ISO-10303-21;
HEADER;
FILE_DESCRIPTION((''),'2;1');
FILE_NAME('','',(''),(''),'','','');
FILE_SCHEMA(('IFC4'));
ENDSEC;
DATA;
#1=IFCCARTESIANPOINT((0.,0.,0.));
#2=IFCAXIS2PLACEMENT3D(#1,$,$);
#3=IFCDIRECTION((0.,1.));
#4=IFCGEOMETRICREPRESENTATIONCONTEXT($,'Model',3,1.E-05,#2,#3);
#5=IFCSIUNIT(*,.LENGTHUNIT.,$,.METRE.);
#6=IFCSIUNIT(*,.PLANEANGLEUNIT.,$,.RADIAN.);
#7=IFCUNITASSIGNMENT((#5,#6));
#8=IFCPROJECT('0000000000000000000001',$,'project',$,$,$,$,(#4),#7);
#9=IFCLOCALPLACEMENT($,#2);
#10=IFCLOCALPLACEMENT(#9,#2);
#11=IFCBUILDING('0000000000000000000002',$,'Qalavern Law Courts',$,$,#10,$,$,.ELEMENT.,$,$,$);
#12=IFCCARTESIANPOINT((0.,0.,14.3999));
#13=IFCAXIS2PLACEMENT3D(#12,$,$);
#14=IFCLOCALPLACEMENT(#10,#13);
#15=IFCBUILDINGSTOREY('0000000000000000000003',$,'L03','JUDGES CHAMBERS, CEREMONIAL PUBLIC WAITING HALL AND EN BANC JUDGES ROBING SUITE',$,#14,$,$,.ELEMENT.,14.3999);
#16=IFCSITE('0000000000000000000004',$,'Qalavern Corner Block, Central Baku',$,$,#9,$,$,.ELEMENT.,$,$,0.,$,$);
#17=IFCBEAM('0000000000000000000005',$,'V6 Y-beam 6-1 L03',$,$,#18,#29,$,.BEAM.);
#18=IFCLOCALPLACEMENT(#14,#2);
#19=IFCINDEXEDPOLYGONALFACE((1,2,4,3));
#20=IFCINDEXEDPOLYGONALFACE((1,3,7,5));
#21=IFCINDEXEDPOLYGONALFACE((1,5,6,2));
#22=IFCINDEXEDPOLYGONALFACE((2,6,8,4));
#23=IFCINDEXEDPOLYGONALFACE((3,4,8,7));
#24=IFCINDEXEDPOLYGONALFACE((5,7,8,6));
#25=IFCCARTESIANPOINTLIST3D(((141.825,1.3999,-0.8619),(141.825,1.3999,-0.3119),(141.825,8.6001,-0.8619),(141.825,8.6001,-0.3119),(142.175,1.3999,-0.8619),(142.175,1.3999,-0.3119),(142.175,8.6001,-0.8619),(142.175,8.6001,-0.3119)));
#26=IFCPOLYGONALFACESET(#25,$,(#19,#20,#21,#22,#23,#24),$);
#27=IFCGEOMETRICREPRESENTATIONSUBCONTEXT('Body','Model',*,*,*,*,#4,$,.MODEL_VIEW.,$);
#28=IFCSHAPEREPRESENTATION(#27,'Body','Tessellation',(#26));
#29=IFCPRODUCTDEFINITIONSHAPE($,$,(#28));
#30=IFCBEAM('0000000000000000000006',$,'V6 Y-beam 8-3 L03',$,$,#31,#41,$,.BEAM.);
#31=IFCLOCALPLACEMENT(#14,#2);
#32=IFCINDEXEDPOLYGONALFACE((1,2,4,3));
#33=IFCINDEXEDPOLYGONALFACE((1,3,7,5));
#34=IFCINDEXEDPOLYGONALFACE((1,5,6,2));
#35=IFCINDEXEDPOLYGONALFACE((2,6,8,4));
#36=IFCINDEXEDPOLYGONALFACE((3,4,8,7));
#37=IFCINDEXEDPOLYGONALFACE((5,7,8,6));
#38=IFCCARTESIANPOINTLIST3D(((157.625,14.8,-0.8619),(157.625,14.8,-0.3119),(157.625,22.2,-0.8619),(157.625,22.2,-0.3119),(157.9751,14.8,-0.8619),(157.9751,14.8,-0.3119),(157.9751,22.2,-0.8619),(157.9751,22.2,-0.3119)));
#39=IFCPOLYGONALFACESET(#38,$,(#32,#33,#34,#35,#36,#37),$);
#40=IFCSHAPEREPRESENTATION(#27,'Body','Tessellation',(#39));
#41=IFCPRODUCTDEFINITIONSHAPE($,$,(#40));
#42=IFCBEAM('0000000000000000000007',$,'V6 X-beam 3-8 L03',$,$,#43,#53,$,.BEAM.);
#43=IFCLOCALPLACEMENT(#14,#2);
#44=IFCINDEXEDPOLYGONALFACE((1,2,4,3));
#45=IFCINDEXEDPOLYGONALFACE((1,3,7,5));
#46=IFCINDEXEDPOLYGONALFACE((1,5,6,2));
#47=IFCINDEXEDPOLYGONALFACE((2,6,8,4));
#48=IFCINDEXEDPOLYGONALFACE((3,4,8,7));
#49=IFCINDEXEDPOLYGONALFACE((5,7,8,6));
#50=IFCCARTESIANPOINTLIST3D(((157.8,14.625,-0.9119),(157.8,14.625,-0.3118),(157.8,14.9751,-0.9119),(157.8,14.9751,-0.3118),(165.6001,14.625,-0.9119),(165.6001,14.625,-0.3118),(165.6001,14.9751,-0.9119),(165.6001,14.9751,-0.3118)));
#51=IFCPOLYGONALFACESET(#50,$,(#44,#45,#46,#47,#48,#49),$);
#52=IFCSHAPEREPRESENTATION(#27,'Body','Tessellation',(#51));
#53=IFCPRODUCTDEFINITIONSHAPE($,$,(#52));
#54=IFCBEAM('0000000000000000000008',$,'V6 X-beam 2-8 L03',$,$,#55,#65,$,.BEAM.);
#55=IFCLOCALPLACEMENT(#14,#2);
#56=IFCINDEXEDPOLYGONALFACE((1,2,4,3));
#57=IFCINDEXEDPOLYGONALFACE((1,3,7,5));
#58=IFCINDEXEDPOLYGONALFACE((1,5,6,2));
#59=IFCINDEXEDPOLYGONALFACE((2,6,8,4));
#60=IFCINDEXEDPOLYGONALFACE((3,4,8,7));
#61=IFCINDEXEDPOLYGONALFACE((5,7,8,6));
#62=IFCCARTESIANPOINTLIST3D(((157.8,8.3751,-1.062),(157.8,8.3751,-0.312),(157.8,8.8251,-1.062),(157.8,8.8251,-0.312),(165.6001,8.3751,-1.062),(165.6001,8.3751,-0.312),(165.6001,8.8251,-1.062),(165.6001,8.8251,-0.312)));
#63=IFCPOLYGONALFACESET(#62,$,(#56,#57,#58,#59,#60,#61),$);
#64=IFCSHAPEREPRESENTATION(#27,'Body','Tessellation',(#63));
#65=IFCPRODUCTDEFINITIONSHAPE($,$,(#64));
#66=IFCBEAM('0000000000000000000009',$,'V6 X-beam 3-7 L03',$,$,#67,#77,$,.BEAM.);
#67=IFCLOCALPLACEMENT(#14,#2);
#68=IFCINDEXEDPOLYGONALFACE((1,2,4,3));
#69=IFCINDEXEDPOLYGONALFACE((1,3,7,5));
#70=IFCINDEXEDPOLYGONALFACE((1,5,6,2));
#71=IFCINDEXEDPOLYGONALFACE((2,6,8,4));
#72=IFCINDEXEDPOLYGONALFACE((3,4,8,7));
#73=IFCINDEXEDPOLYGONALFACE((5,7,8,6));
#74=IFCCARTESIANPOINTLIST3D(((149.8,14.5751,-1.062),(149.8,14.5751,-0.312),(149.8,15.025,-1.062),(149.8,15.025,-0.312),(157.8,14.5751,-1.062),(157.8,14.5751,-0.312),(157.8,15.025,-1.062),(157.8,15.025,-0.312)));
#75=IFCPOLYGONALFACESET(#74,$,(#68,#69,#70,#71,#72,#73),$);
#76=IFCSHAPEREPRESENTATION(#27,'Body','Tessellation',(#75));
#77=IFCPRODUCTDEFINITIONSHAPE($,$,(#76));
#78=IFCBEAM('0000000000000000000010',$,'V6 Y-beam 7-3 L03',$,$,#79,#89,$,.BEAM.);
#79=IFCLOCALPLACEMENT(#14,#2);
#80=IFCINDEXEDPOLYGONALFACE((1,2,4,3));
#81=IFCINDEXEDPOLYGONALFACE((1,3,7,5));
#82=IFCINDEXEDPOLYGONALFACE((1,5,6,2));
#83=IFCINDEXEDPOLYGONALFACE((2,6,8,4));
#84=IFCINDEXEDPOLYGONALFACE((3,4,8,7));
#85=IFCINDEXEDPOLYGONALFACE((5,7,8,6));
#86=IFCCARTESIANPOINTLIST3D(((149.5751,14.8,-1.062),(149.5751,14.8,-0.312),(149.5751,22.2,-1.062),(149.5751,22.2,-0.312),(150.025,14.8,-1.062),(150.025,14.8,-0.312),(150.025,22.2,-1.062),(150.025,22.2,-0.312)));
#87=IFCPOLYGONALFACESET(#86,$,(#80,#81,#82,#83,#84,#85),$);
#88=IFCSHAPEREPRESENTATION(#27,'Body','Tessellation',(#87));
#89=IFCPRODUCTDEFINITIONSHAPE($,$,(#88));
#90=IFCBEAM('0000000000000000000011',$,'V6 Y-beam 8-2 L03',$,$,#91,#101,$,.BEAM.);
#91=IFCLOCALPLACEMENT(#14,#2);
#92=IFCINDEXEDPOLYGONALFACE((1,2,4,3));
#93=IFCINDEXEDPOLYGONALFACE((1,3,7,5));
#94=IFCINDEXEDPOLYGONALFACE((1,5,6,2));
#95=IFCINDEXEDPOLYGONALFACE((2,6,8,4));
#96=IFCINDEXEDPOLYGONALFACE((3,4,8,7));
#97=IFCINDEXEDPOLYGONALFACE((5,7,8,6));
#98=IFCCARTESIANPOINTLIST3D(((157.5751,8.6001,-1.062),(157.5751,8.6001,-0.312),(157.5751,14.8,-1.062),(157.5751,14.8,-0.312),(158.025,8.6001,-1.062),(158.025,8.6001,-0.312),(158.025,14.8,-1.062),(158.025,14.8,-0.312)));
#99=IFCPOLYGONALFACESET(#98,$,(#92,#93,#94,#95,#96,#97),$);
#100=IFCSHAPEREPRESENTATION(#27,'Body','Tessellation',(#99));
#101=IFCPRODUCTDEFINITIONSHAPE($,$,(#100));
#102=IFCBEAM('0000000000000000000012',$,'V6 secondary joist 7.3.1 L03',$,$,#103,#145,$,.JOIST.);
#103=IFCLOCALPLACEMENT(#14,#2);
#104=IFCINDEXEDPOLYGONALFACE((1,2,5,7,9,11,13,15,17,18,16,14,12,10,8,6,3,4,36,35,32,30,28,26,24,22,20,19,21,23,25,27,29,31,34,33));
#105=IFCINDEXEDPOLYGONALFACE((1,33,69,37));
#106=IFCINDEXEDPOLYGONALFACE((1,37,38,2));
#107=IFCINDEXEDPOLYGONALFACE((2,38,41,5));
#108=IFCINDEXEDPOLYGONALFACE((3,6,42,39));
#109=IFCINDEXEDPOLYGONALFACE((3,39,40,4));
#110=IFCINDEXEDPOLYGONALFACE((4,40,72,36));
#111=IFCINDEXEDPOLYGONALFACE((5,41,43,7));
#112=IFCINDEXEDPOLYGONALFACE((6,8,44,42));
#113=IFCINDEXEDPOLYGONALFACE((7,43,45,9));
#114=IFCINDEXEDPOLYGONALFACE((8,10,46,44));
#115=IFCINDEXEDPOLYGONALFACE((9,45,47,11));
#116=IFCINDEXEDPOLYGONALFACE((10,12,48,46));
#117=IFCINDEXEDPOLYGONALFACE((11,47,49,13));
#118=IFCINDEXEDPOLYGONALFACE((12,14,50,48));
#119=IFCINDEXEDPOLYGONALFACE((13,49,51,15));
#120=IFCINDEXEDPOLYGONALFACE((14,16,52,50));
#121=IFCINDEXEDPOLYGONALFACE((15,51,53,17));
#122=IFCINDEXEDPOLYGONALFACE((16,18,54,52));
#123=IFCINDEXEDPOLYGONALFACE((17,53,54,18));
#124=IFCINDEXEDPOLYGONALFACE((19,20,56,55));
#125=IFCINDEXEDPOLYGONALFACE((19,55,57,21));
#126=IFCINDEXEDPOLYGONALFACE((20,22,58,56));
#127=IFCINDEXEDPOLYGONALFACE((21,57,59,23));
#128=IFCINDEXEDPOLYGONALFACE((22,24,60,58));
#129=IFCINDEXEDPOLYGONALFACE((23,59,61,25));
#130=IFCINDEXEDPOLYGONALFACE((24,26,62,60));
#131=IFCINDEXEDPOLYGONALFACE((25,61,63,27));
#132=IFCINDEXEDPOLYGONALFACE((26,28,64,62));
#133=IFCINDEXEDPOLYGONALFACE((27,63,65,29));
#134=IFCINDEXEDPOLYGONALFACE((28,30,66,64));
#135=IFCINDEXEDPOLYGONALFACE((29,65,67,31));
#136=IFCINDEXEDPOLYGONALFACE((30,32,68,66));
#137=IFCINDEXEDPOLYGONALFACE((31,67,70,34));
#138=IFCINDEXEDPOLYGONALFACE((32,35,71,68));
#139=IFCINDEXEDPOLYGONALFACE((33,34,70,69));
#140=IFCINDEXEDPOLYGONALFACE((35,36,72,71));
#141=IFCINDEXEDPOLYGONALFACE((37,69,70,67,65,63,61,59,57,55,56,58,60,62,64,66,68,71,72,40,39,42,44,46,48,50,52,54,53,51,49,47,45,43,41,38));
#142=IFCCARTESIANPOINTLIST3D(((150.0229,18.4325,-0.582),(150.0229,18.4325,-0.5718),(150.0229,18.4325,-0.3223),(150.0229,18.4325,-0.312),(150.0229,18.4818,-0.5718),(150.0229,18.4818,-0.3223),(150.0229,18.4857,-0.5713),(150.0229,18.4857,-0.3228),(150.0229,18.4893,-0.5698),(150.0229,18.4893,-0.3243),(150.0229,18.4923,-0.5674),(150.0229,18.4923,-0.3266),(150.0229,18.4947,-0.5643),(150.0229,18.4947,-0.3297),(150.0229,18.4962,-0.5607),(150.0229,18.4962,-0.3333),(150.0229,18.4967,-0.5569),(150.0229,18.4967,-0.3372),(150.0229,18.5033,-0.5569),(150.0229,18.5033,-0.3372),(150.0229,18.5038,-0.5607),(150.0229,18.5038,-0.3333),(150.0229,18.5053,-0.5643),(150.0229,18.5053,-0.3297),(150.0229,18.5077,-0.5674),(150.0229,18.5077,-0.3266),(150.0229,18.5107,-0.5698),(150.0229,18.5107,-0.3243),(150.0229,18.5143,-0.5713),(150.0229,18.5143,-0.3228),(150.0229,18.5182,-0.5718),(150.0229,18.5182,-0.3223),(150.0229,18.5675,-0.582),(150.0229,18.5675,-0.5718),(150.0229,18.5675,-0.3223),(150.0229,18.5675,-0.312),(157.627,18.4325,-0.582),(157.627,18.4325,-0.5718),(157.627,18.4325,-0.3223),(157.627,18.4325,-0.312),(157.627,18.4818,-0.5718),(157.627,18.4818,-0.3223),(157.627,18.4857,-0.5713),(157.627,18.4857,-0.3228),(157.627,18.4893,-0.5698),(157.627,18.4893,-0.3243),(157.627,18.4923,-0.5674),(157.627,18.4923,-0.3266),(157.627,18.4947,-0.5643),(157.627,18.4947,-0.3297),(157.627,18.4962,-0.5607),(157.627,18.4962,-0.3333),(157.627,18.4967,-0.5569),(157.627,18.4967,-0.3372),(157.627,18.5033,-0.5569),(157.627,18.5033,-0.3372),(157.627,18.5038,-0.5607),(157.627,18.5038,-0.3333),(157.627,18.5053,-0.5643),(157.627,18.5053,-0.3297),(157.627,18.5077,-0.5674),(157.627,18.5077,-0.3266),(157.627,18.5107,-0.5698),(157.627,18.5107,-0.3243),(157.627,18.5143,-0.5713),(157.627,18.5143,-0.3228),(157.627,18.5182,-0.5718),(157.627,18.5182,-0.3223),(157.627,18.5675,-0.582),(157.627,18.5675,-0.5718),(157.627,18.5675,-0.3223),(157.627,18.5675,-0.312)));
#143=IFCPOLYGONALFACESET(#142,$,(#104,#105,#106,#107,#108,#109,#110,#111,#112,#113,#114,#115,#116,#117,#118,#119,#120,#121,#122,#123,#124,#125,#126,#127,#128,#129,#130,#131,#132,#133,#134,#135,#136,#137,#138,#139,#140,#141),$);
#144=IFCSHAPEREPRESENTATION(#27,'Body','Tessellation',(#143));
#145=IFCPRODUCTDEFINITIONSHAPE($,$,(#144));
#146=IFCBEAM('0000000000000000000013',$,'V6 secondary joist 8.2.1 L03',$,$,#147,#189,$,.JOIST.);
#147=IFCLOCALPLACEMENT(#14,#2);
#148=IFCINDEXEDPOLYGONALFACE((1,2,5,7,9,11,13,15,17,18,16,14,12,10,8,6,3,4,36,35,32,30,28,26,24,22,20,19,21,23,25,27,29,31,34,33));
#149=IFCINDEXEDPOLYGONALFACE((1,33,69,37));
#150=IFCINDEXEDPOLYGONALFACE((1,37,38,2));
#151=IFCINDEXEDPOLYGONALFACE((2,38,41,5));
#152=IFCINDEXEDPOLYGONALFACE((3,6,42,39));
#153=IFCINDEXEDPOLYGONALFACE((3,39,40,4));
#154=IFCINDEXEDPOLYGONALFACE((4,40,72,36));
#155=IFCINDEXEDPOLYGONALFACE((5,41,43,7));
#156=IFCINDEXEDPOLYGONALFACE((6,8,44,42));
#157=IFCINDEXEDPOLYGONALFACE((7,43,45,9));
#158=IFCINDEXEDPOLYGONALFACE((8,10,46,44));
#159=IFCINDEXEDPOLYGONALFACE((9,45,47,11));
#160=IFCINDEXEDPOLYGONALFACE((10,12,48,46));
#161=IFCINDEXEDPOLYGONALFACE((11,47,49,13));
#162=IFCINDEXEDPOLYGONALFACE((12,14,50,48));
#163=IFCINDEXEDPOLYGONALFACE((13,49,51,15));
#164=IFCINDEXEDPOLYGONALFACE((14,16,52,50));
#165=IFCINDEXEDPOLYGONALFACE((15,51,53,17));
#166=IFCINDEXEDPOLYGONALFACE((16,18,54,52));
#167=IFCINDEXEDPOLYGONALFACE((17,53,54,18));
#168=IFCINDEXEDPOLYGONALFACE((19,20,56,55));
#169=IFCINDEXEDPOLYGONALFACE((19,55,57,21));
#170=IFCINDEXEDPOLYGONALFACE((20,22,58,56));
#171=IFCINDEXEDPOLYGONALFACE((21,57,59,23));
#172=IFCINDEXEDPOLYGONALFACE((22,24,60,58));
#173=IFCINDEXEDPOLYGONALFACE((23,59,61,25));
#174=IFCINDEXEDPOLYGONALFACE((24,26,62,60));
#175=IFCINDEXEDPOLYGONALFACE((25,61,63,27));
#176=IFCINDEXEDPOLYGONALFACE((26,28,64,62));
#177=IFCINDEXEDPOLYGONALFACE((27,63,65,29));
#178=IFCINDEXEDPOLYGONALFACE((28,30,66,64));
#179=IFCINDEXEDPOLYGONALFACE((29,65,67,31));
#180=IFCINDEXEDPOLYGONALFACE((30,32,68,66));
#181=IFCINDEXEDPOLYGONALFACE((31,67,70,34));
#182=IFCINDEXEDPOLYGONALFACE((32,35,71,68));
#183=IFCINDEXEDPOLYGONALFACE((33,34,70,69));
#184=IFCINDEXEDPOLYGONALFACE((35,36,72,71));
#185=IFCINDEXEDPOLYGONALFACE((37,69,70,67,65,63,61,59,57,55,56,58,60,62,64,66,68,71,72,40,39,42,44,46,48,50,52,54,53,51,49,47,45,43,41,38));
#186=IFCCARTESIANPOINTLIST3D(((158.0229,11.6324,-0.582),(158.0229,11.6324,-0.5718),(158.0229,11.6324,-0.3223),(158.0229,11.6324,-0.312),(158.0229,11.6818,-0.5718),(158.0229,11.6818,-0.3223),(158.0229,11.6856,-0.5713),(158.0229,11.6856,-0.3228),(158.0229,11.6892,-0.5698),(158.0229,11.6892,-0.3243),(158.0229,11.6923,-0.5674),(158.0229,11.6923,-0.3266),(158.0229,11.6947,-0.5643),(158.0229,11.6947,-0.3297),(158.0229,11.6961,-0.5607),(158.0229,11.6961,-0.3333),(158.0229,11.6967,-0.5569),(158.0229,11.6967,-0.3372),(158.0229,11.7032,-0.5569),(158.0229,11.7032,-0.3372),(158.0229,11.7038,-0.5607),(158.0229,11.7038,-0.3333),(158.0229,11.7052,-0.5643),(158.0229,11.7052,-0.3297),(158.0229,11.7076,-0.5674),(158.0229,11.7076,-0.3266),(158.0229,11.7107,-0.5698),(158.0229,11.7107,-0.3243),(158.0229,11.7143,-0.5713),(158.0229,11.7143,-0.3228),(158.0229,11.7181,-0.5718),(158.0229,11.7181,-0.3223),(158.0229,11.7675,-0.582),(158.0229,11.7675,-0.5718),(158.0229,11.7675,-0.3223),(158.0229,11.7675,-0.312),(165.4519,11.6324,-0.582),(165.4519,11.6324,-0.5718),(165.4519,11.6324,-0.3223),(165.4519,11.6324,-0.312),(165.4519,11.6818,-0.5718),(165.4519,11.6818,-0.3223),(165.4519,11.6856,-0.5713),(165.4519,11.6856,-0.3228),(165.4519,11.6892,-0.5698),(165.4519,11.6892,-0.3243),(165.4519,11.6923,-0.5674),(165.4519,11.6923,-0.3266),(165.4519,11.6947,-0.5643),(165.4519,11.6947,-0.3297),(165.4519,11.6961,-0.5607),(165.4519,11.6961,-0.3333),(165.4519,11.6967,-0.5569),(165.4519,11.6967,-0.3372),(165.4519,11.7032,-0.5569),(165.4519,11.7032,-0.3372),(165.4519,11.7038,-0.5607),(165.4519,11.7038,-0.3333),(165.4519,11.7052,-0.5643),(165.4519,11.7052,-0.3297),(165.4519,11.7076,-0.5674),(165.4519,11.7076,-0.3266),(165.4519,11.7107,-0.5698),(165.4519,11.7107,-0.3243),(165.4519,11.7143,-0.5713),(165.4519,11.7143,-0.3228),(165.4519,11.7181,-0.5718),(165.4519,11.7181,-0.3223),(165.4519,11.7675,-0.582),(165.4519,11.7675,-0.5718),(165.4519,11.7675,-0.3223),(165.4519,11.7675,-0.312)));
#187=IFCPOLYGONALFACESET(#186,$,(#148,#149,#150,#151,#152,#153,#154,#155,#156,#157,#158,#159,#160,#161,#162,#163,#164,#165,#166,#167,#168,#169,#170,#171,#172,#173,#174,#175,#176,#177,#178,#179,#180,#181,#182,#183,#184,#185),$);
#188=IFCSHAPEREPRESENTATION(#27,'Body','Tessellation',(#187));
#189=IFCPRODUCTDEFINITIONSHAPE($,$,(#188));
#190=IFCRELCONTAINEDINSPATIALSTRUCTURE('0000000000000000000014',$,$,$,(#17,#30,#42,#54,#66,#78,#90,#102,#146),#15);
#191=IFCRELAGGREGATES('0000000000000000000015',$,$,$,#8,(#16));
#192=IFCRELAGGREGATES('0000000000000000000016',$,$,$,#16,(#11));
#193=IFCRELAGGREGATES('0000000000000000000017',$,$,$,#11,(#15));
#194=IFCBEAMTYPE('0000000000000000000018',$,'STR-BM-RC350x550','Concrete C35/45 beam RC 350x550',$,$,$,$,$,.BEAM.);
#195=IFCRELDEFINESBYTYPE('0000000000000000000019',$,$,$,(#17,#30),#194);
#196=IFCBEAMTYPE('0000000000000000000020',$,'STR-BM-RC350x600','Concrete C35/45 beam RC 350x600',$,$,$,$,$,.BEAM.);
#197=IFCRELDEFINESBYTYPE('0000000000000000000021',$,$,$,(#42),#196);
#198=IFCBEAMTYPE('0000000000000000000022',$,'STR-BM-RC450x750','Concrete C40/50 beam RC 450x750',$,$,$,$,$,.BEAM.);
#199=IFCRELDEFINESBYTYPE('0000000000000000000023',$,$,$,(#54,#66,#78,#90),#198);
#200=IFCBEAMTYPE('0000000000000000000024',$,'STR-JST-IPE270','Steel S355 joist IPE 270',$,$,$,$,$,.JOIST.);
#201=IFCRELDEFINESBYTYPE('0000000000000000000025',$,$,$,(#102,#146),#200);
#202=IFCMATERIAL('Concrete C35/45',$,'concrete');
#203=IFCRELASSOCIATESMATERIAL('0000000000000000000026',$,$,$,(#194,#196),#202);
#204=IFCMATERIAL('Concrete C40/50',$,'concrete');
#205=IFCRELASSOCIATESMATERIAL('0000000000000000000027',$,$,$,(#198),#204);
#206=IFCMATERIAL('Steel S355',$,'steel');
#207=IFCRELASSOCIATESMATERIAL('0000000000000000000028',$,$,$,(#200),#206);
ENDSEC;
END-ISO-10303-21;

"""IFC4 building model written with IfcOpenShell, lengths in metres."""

from ifc_helpers import new_model, si_unit, direction, frame, origin, origin_2d, place, context, subcontext, project, spatial, rectangle, i_section, extrude, material, material_profile, profile_set, type_object, element, save


model = new_model("IFC4")

# Units and contexts
model_context = context("Model", 3, precision=1e-05, world=origin(), true_north=direction((0.0, 1.0)))
body_context = subcontext(model_context, "Body", "Model", "MODEL_VIEW")
ifc_project = project(units=[si_unit("LENGTHUNIT", "METRE"), si_unit("PLANEANGLEUNIT", "RADIAN")], contexts=[model_context])

# Site, building, storey
site_placement = place(None, origin())
site = spatial("IfcSite", under=ifc_project, at=site_placement, Name="Qalavern Corner Block, Central Baku", CompositionType="ELEMENT", RefElevation=0.0)
building_placement = place(site_placement, origin())
building = spatial("IfcBuilding", under=site, at=building_placement, Name="Qalavern Law Courts", CompositionType="ELEMENT")
storey_placement = place(building_placement, frame((0.0, 0.0, 14.3999)))
storey = spatial("IfcBuildingStorey", under=building, at=storey_placement, Name="L03", Description="JUDGES CHAMBERS, CEREMONIAL PUBLIC WAITING HALL AND EN BANC JUDGES ROBING SUITE", CompositionType="ELEMENT", Elevation=14.3999)

# Beams
ifc_material_1 = material(Name="Steel S355", Category="steel")
ifc_material_2 = material(Name="Concrete C35/45", Category="concrete")
ifc_material_profile_1 = material_profile(ifc_material_2, rectangle(XDim=0.3501, YDim=0.55, at=origin_2d()), Name="RC 350x550")
ifc_profile_set_1 = profile_set([ifc_material_profile_1], Name="Concrete C35/45")
beam_type_1 = type_object("IfcBeamType", Name="STR-BM-RC350x550", Description="Concrete C35/45 beam RC 350x550", PredefinedType="BEAM", material=ifc_profile_set_1)
beam_1_placement = place(storey_placement, frame((142.0, 1.3999, -0.5869), z_axis=(0.0, 1.0, 0.0), x_axis=(-1.0, 0.0, 0.0)))
element("IfcBeam", 1, at=beam_1_placement, inside=storey, type_object=beam_type_1, Name="V6 Y-beam 6-1 L03", PredefinedType="BEAM", context=body_context, shape_type="SweptSolid", body=[
    extrude(rectangle(XDim=0.3501, YDim=0.55, at=origin_2d()), origin(), (0.0, 0.0, 1.0), 7.2002),
])
beam_2_placement = place(storey_placement, frame((157.8, 14.8, -0.5869), z_axis=(0.0, 1.0, 0.0), x_axis=(-1.0, 0.0, 0.0)))
element("IfcBeam", 2, at=beam_2_placement, inside=storey, type_object=beam_type_1, Name="V6 Y-beam 8-3 L03", PredefinedType="BEAM", context=body_context, shape_type="SweptSolid", body=[
    extrude(rectangle(XDim=0.3501, YDim=0.55, at=origin_2d()), origin(), (0.0, 0.0, 1.0), 7.3999),
])
ifc_material_profile_2 = material_profile(ifc_material_2, rectangle(XDim=0.3501, YDim=0.6001, at=origin_2d()), Name="RC 350x600")
ifc_profile_set_2 = profile_set([ifc_material_profile_2], Name="Concrete C35/45")
beam_type_2 = type_object("IfcBeamType", Name="STR-BM-RC350x600", Description="Concrete C35/45 beam RC 350x600", PredefinedType="BEAM", material=ifc_profile_set_2)
beam_3_placement = place(storey_placement, frame((157.8, 14.8, -0.6118), z_axis=(1.0, 0.0, 0.0), x_axis=(0.0, 1.0, 0.0)))
element("IfcBeam", 3, at=beam_3_placement, inside=storey, type_object=beam_type_2, Name="V6 X-beam 3-8 L03", PredefinedType="BEAM", context=body_context, shape_type="SweptSolid", body=[
    extrude(rectangle(XDim=0.3501, YDim=0.6001, at=origin_2d()), origin(), (0.0, 0.0, 1.0), 7.8),
])
ifc_material_3 = material(Name="Concrete C40/50", Category="concrete")
ifc_material_profile_3 = material_profile(ifc_material_3, rectangle(XDim=0.45, YDim=0.75, at=origin_2d()), Name="RC 450x750")
ifc_profile_set_3 = profile_set([ifc_material_profile_3], Name="Concrete C40/50")
beam_type_3 = type_object("IfcBeamType", Name="STR-BM-RC450x750", Description="Concrete C40/50 beam RC 450x750", PredefinedType="BEAM", material=ifc_profile_set_3)
beam_4_placement = place(storey_placement, frame((157.8, 8.6001, -0.687), z_axis=(1.0, 0.0, 0.0), x_axis=(0.0, 1.0, 0.0)))
element("IfcBeam", 4, at=beam_4_placement, inside=storey, type_object=beam_type_3, Name="V6 X-beam 2-8 L03", PredefinedType="BEAM", context=body_context, shape_type="SweptSolid", body=[
    extrude(rectangle(XDim=0.45, YDim=0.75, at=origin_2d()), origin(), (0.0, 0.0, 1.0), 7.8),
])
beam_5_placement = place(storey_placement, frame((149.8, 14.8, -0.687), z_axis=(1.0, 0.0, 0.0), x_axis=(0.0, 1.0, 0.0)))
element("IfcBeam", 5, at=beam_5_placement, inside=storey, type_object=beam_type_3, Name="V6 X-beam 3-7 L03", PredefinedType="BEAM", context=body_context, shape_type="SweptSolid", body=[
    extrude(rectangle(XDim=0.45, YDim=0.75, at=origin_2d()), origin(), (0.0, 0.0, 1.0), 8.0),
])
beam_6_placement = place(storey_placement, frame((149.8, 14.8, -0.687), z_axis=(0.0, 1.0, 0.0), x_axis=(-1.0, 0.0, 0.0)))
element("IfcBeam", 6, at=beam_6_placement, inside=storey, type_object=beam_type_3, Name="V6 Y-beam 7-3 L03", PredefinedType="BEAM", context=body_context, shape_type="SweptSolid", body=[
    extrude(rectangle(XDim=0.45, YDim=0.75, at=origin_2d()), origin(), (0.0, 0.0, 1.0), 7.3999),
])
beam_7_placement = place(storey_placement, frame((157.8, 8.6001, -0.687), z_axis=(0.0, 1.0, 0.0), x_axis=(-1.0, 0.0, 0.0)))
element("IfcBeam", 7, at=beam_7_placement, inside=storey, type_object=beam_type_3, Name="V6 Y-beam 8-2 L03", PredefinedType="BEAM", context=body_context, shape_type="SweptSolid", body=[
    extrude(rectangle(XDim=0.45, YDim=0.75, at=origin_2d()), origin(), (0.0, 0.0, 1.0), 6.2),
])
ifc_material_profile_4 = material_profile(ifc_material_1, i_section(OverallWidth=0.135, OverallDepth=0.27, WebThickness=0.0066, FlangeThickness=0.0103, FilletRadius=0.0149, at=origin_2d()), Name="IPE 270")
ifc_profile_set_4 = profile_set([ifc_material_profile_4], Name="Steel S355")
beam_type_4 = type_object("IfcBeamType", Name="STR-JST-IPE270", Description="Steel S355 joist IPE 270", PredefinedType="JOIST", material=ifc_profile_set_4)
beam_8_placement = place(storey_placement, frame((150.0229, 18.5, -0.447), z_axis=(1.0, 0.0, 0.0), x_axis=(0.0, 1.0, 0.0)))
element("IfcBeam", 8, at=beam_8_placement, inside=storey, type_object=beam_type_4, Name="V6 secondary joist 7.3.1 L03", PredefinedType="JOIST", context=body_context, shape_type="SweptSolid", body=[
    extrude(i_section(OverallWidth=0.135, OverallDepth=0.27, WebThickness=0.0066, FlangeThickness=0.0103, FilletRadius=0.0149, at=origin_2d()), origin(), (0.0, 0.0, 1.0), 7.604),
])
beam_9_placement = place(storey_placement, frame((158.0229, 11.7, -0.447), z_axis=(1.0, 0.0, 0.0), x_axis=(0.0, 1.0, 0.0)))
element("IfcBeam", 9, at=beam_9_placement, inside=storey, type_object=beam_type_4, Name="V6 secondary joist 8.2.1 L03", PredefinedType="JOIST", context=body_context, shape_type="SweptSolid", body=[
    extrude(i_section(OverallWidth=0.135, OverallDepth=0.27, WebThickness=0.0066, FlangeThickness=0.0103, FilletRadius=0.0149, at=origin_2d()), origin(), (0.0, 0.0, 1.0), 7.429),
])

save(model, "model.ifc")
